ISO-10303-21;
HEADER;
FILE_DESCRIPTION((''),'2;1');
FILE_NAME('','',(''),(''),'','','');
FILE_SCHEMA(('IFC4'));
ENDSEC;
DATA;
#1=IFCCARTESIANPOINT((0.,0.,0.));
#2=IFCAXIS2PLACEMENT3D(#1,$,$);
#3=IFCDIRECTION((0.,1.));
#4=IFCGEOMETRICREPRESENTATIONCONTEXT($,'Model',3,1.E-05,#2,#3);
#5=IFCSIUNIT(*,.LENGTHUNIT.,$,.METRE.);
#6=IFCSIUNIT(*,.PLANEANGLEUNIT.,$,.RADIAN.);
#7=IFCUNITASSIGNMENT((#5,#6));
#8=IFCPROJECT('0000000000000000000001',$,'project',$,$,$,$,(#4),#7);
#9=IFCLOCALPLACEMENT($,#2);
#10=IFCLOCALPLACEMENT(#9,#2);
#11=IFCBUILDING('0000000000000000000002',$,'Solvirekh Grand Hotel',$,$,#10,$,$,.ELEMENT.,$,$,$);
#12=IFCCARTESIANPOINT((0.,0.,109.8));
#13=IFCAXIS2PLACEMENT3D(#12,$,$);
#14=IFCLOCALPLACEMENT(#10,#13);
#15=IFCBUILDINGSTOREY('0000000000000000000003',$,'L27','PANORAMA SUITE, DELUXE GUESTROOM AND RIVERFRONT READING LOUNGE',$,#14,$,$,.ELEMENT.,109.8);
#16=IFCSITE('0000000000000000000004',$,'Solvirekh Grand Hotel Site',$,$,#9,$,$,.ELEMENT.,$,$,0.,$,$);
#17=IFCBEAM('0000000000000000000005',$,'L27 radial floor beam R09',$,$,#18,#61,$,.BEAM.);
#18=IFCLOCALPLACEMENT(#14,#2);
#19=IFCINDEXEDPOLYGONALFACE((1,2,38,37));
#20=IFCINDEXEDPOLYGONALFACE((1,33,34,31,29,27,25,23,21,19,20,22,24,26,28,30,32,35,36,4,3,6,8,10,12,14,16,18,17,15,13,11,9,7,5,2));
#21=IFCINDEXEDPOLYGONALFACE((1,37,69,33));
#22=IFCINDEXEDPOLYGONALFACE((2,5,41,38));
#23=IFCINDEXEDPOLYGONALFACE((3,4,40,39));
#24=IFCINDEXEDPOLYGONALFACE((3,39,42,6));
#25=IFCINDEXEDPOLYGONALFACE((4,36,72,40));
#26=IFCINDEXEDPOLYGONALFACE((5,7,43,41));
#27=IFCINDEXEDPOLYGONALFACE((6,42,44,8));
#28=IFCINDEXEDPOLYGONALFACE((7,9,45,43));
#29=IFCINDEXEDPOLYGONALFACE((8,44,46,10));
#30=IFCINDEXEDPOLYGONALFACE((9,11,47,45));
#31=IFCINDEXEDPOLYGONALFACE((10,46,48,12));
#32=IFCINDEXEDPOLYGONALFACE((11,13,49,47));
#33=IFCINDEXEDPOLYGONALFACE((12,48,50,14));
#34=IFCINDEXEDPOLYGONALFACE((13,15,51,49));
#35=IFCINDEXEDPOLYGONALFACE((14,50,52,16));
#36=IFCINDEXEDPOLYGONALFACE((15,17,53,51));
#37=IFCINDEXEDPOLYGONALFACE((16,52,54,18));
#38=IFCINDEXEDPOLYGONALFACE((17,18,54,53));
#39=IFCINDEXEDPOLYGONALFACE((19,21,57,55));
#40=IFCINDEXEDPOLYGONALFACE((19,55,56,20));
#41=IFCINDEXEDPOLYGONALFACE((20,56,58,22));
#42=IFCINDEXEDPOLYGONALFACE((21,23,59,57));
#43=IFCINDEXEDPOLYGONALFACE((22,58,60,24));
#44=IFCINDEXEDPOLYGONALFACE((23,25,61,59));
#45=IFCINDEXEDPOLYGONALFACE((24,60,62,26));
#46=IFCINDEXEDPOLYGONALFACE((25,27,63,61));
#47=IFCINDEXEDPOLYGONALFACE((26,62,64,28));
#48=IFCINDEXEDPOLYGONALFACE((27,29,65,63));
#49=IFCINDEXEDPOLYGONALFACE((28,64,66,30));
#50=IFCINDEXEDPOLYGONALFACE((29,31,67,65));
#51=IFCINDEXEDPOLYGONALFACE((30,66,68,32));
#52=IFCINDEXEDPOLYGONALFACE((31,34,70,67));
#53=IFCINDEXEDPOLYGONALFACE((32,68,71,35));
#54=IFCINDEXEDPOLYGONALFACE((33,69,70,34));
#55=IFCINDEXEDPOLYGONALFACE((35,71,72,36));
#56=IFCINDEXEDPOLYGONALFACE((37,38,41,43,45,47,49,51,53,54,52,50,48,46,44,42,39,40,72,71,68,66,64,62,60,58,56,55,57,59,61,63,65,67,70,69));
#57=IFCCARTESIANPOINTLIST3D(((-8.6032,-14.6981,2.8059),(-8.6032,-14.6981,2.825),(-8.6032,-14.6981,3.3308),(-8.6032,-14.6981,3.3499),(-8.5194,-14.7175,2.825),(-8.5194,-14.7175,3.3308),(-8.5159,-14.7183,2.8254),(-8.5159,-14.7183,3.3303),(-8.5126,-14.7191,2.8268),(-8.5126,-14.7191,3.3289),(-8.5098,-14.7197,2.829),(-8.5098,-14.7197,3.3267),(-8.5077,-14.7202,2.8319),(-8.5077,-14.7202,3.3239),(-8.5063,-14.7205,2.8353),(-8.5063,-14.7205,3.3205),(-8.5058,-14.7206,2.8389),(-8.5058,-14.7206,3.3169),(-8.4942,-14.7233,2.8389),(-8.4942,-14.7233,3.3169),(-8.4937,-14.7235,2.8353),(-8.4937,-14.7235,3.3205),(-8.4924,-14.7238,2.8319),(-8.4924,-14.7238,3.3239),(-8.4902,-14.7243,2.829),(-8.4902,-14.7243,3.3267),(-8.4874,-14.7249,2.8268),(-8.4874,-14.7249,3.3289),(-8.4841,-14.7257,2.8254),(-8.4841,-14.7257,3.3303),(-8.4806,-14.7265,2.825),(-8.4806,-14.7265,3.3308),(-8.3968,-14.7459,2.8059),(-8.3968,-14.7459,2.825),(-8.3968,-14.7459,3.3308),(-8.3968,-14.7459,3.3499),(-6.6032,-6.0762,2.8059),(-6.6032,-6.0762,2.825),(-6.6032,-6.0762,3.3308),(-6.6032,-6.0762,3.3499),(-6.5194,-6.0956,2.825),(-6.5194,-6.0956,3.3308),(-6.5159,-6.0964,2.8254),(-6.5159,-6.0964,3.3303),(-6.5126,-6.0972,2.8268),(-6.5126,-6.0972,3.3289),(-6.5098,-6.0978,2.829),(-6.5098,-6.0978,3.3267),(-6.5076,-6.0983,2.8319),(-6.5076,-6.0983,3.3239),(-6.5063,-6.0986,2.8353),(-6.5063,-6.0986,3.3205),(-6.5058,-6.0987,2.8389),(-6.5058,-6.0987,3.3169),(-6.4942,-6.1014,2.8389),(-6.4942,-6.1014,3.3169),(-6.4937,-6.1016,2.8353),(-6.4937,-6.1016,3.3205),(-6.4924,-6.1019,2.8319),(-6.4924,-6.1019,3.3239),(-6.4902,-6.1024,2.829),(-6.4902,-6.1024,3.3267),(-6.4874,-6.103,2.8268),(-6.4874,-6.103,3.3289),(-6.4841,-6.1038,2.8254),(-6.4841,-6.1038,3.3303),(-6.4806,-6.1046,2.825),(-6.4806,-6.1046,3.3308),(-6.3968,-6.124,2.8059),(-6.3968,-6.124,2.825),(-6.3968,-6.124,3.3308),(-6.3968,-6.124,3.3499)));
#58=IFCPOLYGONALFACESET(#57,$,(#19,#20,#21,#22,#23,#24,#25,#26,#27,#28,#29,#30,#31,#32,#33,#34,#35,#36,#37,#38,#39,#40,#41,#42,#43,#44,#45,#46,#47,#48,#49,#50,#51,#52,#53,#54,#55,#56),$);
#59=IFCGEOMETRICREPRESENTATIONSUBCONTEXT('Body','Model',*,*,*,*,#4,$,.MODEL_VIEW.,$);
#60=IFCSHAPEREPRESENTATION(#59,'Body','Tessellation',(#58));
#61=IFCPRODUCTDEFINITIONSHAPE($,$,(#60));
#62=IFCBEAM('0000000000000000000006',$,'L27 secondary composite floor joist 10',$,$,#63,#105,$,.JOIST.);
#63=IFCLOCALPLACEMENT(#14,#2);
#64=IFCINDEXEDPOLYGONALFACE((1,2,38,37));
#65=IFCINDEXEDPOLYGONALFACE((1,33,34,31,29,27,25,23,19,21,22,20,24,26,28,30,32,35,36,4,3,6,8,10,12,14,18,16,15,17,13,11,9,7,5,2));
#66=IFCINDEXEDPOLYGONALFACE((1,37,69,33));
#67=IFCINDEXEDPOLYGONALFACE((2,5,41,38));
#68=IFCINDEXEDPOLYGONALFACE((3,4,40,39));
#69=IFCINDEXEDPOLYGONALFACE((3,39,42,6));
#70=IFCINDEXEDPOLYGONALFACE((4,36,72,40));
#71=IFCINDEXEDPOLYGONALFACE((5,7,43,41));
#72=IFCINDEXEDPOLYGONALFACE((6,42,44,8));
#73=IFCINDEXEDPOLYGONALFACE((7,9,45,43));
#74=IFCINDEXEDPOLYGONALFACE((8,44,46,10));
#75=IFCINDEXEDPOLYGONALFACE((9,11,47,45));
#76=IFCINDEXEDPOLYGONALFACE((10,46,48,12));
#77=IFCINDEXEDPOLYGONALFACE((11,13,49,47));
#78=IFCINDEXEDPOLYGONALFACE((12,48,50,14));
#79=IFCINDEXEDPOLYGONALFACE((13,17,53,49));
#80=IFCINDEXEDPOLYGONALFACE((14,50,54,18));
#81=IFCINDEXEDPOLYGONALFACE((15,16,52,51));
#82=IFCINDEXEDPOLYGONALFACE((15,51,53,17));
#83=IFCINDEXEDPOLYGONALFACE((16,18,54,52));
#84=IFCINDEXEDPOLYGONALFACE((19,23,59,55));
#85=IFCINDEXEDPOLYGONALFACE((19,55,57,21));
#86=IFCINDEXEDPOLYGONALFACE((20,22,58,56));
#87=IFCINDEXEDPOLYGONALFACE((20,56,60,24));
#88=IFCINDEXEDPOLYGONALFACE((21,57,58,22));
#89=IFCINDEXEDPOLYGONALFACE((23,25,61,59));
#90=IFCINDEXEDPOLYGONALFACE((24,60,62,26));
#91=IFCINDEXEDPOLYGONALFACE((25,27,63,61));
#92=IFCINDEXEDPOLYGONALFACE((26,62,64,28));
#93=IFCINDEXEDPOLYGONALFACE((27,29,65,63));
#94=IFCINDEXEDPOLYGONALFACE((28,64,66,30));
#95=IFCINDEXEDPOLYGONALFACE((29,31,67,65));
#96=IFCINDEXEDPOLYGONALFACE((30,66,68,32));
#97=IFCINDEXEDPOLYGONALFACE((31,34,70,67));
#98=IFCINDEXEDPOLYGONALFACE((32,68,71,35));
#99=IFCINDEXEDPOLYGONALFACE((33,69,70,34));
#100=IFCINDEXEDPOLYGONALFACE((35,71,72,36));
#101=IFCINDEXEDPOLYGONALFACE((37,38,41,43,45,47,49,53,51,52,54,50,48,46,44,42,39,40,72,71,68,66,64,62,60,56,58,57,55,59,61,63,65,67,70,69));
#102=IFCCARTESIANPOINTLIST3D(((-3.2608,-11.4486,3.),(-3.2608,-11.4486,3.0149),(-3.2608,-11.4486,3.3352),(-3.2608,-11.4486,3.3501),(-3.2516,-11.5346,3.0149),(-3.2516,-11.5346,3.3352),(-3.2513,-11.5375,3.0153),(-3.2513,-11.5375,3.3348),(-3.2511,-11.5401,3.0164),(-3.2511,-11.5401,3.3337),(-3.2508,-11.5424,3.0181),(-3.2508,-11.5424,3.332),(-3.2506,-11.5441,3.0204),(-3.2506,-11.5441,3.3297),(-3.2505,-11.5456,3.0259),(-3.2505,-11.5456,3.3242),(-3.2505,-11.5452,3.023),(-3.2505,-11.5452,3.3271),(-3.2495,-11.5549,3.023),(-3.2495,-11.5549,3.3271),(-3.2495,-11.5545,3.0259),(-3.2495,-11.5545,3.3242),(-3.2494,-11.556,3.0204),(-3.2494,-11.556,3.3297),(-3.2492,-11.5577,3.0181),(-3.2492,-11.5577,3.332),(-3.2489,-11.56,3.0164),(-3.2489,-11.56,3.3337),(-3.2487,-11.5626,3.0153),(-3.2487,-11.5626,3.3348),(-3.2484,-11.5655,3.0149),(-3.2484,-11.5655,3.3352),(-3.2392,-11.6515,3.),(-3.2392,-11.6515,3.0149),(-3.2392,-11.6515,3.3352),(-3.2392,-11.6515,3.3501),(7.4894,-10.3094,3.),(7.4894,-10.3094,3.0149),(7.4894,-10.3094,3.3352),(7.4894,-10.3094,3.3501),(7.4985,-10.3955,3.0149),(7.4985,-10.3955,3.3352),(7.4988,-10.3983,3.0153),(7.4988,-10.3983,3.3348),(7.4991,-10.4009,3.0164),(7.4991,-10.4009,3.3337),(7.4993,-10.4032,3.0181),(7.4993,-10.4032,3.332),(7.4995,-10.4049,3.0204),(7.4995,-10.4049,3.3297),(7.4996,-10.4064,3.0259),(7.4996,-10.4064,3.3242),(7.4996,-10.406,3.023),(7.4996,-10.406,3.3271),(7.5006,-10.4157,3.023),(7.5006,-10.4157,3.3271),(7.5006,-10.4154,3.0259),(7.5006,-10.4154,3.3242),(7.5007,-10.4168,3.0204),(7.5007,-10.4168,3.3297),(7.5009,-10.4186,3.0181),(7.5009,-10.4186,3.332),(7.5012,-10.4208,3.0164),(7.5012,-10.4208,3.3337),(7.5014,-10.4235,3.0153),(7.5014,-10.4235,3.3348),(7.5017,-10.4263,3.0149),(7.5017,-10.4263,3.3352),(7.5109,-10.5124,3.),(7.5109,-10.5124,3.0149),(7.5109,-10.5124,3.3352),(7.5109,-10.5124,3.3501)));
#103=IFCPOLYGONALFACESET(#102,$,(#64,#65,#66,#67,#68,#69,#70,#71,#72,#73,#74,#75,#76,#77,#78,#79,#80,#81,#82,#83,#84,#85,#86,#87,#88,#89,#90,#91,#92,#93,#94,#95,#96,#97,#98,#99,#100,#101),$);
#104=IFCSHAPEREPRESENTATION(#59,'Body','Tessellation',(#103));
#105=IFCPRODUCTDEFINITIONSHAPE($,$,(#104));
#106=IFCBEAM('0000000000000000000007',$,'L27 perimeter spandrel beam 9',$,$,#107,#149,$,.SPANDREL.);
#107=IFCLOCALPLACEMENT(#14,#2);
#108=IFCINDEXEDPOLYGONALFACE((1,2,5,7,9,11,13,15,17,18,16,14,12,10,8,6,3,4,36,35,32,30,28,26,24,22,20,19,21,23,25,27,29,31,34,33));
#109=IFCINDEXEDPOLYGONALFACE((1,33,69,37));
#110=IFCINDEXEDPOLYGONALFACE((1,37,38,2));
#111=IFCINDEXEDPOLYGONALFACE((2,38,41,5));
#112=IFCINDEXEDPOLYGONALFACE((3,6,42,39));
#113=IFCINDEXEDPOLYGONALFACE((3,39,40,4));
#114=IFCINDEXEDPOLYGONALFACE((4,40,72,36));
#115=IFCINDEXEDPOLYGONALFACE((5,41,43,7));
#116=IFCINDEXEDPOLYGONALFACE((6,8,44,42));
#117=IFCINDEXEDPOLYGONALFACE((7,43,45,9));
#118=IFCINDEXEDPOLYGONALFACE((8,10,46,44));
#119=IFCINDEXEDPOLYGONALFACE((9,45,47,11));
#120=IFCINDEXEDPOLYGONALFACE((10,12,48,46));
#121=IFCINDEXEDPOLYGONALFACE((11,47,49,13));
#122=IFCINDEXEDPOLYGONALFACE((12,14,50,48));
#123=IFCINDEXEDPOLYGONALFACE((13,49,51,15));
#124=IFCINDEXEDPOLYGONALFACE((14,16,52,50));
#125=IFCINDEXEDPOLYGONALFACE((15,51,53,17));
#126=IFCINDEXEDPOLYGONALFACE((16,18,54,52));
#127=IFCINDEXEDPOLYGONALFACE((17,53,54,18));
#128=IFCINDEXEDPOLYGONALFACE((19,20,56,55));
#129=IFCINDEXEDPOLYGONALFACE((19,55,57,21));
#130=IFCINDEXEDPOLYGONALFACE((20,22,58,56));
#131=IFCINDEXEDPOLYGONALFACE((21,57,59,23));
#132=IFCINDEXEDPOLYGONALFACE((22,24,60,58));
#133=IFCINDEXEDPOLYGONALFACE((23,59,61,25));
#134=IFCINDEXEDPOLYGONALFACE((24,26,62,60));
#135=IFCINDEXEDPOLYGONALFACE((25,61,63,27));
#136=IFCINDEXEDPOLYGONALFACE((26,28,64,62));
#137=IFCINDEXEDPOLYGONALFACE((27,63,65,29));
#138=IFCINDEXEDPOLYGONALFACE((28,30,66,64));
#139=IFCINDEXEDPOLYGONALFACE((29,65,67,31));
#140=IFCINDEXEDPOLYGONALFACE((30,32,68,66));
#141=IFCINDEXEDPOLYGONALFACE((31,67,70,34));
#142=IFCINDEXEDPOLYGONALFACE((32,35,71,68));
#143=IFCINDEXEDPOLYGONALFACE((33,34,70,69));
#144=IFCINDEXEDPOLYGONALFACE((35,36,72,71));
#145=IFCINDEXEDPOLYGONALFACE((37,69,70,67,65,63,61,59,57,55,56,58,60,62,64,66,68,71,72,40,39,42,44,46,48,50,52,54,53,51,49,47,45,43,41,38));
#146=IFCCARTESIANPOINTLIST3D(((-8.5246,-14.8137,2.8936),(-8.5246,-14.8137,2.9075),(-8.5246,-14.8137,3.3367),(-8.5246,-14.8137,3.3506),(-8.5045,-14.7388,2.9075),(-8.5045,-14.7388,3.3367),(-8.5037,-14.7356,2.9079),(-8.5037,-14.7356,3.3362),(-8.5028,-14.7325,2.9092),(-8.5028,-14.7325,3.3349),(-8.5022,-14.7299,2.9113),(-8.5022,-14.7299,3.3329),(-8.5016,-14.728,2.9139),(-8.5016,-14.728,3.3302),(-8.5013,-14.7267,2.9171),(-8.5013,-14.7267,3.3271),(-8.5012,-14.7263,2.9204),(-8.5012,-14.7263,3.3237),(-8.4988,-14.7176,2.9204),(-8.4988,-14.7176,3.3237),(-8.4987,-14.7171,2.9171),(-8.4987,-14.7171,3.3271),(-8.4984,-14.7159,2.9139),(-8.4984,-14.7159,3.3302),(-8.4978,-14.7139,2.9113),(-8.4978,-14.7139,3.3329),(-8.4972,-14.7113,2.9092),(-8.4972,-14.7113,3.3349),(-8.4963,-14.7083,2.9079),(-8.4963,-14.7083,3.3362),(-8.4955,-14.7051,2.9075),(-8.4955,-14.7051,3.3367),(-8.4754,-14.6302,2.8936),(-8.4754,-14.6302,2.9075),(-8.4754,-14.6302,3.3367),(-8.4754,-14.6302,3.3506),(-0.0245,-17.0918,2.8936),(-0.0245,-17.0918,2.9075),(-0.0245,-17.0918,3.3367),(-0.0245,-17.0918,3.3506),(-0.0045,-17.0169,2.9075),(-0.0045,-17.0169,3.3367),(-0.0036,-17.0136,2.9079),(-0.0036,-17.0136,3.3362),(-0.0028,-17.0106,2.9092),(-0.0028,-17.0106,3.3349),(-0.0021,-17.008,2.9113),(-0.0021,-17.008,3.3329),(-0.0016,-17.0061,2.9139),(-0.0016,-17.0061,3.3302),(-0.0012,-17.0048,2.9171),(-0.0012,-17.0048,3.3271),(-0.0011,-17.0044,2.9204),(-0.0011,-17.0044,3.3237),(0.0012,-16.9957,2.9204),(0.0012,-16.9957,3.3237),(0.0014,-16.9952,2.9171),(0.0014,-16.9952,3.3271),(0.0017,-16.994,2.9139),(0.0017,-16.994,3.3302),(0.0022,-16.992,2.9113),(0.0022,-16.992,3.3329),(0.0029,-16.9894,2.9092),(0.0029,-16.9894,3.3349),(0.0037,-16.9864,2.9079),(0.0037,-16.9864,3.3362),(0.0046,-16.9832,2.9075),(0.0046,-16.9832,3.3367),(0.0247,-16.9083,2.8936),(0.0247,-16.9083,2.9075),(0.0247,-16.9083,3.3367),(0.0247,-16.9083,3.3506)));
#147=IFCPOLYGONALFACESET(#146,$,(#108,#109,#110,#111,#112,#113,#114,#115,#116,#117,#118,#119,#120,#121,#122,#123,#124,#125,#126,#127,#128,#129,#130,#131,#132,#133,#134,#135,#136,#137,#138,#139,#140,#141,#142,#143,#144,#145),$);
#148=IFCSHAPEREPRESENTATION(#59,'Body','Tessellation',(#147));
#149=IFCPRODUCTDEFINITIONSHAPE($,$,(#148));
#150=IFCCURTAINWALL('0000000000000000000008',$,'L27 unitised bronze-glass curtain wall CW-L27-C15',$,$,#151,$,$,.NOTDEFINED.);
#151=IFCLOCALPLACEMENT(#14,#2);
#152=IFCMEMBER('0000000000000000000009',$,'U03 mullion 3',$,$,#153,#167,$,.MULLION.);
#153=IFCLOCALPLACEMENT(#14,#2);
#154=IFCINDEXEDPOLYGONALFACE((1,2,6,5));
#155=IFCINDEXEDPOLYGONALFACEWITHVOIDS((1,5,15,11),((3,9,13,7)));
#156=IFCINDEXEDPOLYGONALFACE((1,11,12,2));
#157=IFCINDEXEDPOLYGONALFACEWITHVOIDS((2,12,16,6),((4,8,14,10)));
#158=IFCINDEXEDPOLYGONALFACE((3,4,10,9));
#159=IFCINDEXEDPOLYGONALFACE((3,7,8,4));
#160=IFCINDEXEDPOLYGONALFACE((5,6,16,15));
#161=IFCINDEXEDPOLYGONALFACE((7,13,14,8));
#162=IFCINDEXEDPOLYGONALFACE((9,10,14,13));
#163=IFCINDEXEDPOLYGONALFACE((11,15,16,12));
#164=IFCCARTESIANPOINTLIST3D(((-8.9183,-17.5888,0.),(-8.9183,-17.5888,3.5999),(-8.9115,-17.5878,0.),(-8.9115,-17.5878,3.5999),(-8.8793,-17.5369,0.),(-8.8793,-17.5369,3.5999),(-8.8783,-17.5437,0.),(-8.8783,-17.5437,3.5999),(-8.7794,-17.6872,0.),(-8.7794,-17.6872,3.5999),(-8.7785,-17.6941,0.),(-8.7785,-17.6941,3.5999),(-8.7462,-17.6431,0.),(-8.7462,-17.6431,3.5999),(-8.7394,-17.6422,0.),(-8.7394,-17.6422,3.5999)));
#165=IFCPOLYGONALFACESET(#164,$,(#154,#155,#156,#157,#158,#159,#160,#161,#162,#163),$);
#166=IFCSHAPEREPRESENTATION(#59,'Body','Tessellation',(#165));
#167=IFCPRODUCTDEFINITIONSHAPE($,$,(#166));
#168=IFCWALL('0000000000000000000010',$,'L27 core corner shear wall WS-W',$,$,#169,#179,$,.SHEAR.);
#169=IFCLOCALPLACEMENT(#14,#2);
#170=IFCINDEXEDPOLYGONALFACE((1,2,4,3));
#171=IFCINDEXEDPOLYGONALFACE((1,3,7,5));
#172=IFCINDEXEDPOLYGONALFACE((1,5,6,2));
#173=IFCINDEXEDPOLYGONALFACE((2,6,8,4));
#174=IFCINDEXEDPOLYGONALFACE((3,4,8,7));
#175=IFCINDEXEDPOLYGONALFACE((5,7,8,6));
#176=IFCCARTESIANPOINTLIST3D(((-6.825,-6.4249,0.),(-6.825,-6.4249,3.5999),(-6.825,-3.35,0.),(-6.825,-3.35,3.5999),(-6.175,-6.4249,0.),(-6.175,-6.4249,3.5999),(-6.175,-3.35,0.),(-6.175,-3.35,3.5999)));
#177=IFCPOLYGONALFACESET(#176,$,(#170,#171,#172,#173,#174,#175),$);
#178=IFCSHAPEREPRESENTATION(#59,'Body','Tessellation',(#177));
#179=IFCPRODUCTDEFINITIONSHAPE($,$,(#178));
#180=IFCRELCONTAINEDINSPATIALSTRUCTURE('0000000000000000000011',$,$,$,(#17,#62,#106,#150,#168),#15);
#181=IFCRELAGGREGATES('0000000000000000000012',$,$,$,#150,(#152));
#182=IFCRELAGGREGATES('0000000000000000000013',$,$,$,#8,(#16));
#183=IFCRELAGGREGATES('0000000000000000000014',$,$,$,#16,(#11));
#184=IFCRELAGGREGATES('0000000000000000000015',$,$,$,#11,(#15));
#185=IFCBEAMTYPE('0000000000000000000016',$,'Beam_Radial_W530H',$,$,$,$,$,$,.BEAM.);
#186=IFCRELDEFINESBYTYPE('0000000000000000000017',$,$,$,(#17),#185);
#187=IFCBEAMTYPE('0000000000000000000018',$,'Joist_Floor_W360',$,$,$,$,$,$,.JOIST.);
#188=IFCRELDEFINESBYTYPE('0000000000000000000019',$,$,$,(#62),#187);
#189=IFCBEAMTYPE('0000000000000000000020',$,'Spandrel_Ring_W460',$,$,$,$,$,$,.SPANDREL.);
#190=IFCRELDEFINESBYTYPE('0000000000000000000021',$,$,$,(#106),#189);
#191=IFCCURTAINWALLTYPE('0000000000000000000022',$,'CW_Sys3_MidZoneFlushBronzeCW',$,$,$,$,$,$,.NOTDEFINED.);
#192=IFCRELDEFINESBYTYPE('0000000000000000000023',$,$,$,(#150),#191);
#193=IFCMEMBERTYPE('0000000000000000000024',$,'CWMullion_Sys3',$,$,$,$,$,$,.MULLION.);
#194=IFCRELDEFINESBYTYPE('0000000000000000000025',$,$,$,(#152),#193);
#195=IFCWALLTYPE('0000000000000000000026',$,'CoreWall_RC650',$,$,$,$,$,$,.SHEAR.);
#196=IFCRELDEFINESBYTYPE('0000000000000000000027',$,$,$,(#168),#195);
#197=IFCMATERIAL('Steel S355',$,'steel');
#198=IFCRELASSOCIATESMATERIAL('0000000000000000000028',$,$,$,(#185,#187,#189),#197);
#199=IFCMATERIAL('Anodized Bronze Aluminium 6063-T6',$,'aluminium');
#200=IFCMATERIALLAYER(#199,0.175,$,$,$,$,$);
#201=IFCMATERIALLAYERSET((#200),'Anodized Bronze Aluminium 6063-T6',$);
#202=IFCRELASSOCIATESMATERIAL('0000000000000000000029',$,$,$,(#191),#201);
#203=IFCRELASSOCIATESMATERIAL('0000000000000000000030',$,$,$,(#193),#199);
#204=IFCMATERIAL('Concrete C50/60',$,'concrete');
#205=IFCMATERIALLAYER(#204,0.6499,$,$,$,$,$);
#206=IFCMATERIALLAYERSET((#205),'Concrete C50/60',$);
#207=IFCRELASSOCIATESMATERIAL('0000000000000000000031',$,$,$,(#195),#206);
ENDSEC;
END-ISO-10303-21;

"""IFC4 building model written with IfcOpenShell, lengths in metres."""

from ifc_helpers import new_model, si_unit, direction, frame, frame_2d, origin, origin_2d, place, context, subcontext, project, spatial, rectangle, hollow_rectangle, i_section, extrude, source, transform, mapped, material, layer, layer_set, material_profile, profile_set, type_object, element, aggregate, save


model = new_model("IFC4")

# Units and contexts
model_context = context("Model", 3, precision=1e-05, world=origin(), true_north=direction((0.0, 1.0)))
body_context = subcontext(model_context, "Body", "Model", "MODEL_VIEW")
ifc_project = project(units=[si_unit("LENGTHUNIT", "METRE"), si_unit("PLANEANGLEUNIT", "RADIAN")], contexts=[model_context])

# Site, building, storey
site_placement = place(None, origin())
site = spatial("IfcSite", under=ifc_project, at=site_placement, Name="Solvirekh Grand Hotel Site", CompositionType="ELEMENT", RefElevation=0.0)
building_placement = place(site_placement, origin())
building = spatial("IfcBuilding", under=site, at=building_placement, Name="Solvirekh Grand Hotel", CompositionType="ELEMENT")
storey_placement = place(building_placement, frame((0.0, 0.0, 109.8)))
storey = spatial("IfcBuildingStorey", under=building, at=storey_placement, Name="L27", Description="PANORAMA SUITE, DELUXE GUESTROOM AND RIVERFRONT READING LOUNGE", CompositionType="ELEMENT", Elevation=109.8)

# Shared definitions
ifc_material_1 = material(Name="Concrete C50/60", Category="concrete")

# Beams
ifc_material_2 = material(Name="Steel S355", Category="steel")
ifc_material_profile_1 = material_profile(ifc_material_2, i_section(OverallWidth=0.2119, OverallDepth=0.5439, WebThickness=0.012, FlangeThickness=0.019, FilletRadius=0.0139, at=origin_2d()), Name="W530X123")
ifc_profile_set_1 = profile_set([ifc_material_profile_1], Name="Steel S355")
beam_type_1 = type_object("IfcBeamType", Name="Beam_Radial_W530H", PredefinedType="BEAM", material=ifc_profile_set_1)
beam_1_placement = place(storey_placement, frame((-6.5, -6.1001, 3.0779), z_axis=(-0.225969, -0.974134, 0.0), x_axis=(0.974134, -0.225969, 0.0)))
element("IfcBeam", 1, at=beam_1_placement, inside=storey, type_object=beam_type_1, Name="L27 radial floor beam R09", PredefinedType="BEAM", context=body_context, shape_type="SweptSolid", body=[
    extrude(i_section(OverallWidth=0.2119, OverallDepth=0.5439, WebThickness=0.012, FlangeThickness=0.019, FilletRadius=0.0139, at=origin_2d()), origin(), (0.0, 0.0, 1.0), 8.8508),
])
ifc_material_profile_2 = material_profile(ifc_material_2, i_section(OverallWidth=0.2041, OverallDepth=0.3501, WebThickness=0.009, FlangeThickness=0.0149, FilletRadius=0.011, at=origin_2d()), Name="W360X72")
ifc_profile_set_2 = profile_set([ifc_material_profile_2], Name="Steel S355")
beam_type_2 = type_object("IfcBeamType", Name="Joist_Floor_W360", PredefinedType="JOIST", material=ifc_profile_set_2)
beam_2_placement = place(storey_placement, frame((-3.25, -11.55, 3.175), z_axis=(0.994432, 0.105378, 0.0), x_axis=(-0.105378, 0.994432, 0.0)))
element("IfcBeam", 2, at=beam_2_placement, inside=storey, type_object=beam_type_2, Name="L27 secondary composite floor joist 10", PredefinedType="JOIST", context=body_context, shape_type="SweptSolid", body=[
    extrude(i_section(OverallWidth=0.2041, OverallDepth=0.3501, WebThickness=0.009, FlangeThickness=0.0149, FilletRadius=0.011, at=origin_2d()), origin(), (0.0, 0.0, 1.0), 10.8103),
])
ifc_material_profile_3 = material_profile(ifc_material_2, i_section(OverallWidth=0.1899, OverallDepth=0.457, WebThickness=0.009, FlangeThickness=0.0139, FilletRadius=0.0129, at=origin_2d()), Name="W460X74")
ifc_profile_set_3 = profile_set([ifc_material_profile_3], Name="Steel S355")
beam_type_3 = type_object("IfcBeamType", Name="Spandrel_Ring_W460", PredefinedType="SPANDREL", material=ifc_profile_set_3)
beam_3_placement = place(storey_placement, frame((-8.5, -14.7219, 3.1221), z_axis=(0.965911, -0.258873, 0.0), x_axis=(0.258873, 0.965911, 0.0)))
element("IfcBeam", 3, at=beam_3_placement, inside=storey, type_object=beam_type_3, Name="L27 perimeter spandrel beam 9", PredefinedType="SPANDREL", context=body_context, shape_type="SweptSolid", body=[
    extrude(i_section(OverallWidth=0.1899, OverallDepth=0.457, WebThickness=0.009, FlangeThickness=0.0139, FilletRadius=0.0129, at=origin_2d()), origin(), (0.0, 0.0, 1.0), 8.8),
])

# Curtain wall, member
ifc_material_3 = material(Name="Anodized Bronze Aluminium 6063-T6", Category="aluminium")
ifc_layer_1 = layer(ifc_material_3, 0.175)
ifc_layer_set_1 = layer_set([ifc_layer_1], Name="Anodized Bronze Aluminium 6063-T6")
curtain_wall_type = type_object("IfcCurtainWallType", Name="CW_Sys3_MidZoneFlushBronzeCW", PredefinedType="NOTDEFINED", material=ifc_layer_set_1)
curtain_wall_placement = place(storey_placement, origin())
curtain_wall = element("IfcCurtainWall", 4, at=curtain_wall_placement, inside=storey, type_object=curtain_wall_type, Name="L27 unitised bronze-glass curtain wall CW-L27-C15", PredefinedType="NOTDEFINED")
ifc_material_profile_4 = material_profile(ifc_material_3, hollow_rectangle(XDim=0.0649, YDim=0.175, WallThickness=0.0049, at=origin_2d()), Name="ALU RHS 175X65X5")
ifc_profile_set_4 = profile_set([ifc_material_profile_4], Name="Anodized Bronze Aluminium 6063-T6")
member_type = type_object("IfcMemberType", Name="CWMullion_Sys3", PredefinedType="MULLION", material=ifc_profile_set_4)
shared_shape = source(origin(), body_context, "Body", "SweptSolid", [
    extrude(hollow_rectangle(XDim=0.0649, YDim=0.175, WallThickness=0.0049, at=origin_2d()), origin(), (0.0, 0.0, 1.0), 3.5999),
])
member_placement = place(storey_placement, frame((-8.8289, -17.6155, 0.0), z_axis=(0.0, 0.0, 1.0), x_axis=(0.601417, 0.798935, 0.0)))
member = element("IfcMember", 5, at=member_placement, type_object=member_type, Name="U03 mullion 3", PredefinedType="MULLION", context=body_context, shape_type="MappedRepresentation", body=[
    mapped(shared_shape, transform((0.0, 0.0, 0.0), x_axis=(1.0, 0.0, 0.0), y_axis=(0.0, 1.0, 0.0), z_axis=(0.0, 0.0, 1.0), scale=1.0)),
])
aggregate(curtain_wall, [member])

# Wall
ifc_layer_2 = layer(ifc_material_1, 0.6499)
ifc_layer_set_2 = layer_set([ifc_layer_2], Name="Concrete C50/60")
wall_type_1 = type_object("IfcWallType", Name="CoreWall_RC650", PredefinedType="SHEAR", material=ifc_layer_set_2)
wall_1_placement = place(storey_placement, frame((-6.5, -6.425, 0.0), z_axis=(0.0, 0.0, 1.0), x_axis=(0.0, 1.0, 0.0)))
element("IfcWall", 6, at=wall_1_placement, inside=storey, type_object=wall_type_1, Name="L27 core corner shear wall WS-W", PredefinedType="SHEAR", context=body_context, shape_type="SweptSolid", body=[
    extrude(rectangle(XDim=3.075, YDim=0.6499, at=frame_2d((1.5376, 0.0))), origin(), (0.0, 0.0, 1.0), 3.5999),
])

save(model, "model.ifc")
